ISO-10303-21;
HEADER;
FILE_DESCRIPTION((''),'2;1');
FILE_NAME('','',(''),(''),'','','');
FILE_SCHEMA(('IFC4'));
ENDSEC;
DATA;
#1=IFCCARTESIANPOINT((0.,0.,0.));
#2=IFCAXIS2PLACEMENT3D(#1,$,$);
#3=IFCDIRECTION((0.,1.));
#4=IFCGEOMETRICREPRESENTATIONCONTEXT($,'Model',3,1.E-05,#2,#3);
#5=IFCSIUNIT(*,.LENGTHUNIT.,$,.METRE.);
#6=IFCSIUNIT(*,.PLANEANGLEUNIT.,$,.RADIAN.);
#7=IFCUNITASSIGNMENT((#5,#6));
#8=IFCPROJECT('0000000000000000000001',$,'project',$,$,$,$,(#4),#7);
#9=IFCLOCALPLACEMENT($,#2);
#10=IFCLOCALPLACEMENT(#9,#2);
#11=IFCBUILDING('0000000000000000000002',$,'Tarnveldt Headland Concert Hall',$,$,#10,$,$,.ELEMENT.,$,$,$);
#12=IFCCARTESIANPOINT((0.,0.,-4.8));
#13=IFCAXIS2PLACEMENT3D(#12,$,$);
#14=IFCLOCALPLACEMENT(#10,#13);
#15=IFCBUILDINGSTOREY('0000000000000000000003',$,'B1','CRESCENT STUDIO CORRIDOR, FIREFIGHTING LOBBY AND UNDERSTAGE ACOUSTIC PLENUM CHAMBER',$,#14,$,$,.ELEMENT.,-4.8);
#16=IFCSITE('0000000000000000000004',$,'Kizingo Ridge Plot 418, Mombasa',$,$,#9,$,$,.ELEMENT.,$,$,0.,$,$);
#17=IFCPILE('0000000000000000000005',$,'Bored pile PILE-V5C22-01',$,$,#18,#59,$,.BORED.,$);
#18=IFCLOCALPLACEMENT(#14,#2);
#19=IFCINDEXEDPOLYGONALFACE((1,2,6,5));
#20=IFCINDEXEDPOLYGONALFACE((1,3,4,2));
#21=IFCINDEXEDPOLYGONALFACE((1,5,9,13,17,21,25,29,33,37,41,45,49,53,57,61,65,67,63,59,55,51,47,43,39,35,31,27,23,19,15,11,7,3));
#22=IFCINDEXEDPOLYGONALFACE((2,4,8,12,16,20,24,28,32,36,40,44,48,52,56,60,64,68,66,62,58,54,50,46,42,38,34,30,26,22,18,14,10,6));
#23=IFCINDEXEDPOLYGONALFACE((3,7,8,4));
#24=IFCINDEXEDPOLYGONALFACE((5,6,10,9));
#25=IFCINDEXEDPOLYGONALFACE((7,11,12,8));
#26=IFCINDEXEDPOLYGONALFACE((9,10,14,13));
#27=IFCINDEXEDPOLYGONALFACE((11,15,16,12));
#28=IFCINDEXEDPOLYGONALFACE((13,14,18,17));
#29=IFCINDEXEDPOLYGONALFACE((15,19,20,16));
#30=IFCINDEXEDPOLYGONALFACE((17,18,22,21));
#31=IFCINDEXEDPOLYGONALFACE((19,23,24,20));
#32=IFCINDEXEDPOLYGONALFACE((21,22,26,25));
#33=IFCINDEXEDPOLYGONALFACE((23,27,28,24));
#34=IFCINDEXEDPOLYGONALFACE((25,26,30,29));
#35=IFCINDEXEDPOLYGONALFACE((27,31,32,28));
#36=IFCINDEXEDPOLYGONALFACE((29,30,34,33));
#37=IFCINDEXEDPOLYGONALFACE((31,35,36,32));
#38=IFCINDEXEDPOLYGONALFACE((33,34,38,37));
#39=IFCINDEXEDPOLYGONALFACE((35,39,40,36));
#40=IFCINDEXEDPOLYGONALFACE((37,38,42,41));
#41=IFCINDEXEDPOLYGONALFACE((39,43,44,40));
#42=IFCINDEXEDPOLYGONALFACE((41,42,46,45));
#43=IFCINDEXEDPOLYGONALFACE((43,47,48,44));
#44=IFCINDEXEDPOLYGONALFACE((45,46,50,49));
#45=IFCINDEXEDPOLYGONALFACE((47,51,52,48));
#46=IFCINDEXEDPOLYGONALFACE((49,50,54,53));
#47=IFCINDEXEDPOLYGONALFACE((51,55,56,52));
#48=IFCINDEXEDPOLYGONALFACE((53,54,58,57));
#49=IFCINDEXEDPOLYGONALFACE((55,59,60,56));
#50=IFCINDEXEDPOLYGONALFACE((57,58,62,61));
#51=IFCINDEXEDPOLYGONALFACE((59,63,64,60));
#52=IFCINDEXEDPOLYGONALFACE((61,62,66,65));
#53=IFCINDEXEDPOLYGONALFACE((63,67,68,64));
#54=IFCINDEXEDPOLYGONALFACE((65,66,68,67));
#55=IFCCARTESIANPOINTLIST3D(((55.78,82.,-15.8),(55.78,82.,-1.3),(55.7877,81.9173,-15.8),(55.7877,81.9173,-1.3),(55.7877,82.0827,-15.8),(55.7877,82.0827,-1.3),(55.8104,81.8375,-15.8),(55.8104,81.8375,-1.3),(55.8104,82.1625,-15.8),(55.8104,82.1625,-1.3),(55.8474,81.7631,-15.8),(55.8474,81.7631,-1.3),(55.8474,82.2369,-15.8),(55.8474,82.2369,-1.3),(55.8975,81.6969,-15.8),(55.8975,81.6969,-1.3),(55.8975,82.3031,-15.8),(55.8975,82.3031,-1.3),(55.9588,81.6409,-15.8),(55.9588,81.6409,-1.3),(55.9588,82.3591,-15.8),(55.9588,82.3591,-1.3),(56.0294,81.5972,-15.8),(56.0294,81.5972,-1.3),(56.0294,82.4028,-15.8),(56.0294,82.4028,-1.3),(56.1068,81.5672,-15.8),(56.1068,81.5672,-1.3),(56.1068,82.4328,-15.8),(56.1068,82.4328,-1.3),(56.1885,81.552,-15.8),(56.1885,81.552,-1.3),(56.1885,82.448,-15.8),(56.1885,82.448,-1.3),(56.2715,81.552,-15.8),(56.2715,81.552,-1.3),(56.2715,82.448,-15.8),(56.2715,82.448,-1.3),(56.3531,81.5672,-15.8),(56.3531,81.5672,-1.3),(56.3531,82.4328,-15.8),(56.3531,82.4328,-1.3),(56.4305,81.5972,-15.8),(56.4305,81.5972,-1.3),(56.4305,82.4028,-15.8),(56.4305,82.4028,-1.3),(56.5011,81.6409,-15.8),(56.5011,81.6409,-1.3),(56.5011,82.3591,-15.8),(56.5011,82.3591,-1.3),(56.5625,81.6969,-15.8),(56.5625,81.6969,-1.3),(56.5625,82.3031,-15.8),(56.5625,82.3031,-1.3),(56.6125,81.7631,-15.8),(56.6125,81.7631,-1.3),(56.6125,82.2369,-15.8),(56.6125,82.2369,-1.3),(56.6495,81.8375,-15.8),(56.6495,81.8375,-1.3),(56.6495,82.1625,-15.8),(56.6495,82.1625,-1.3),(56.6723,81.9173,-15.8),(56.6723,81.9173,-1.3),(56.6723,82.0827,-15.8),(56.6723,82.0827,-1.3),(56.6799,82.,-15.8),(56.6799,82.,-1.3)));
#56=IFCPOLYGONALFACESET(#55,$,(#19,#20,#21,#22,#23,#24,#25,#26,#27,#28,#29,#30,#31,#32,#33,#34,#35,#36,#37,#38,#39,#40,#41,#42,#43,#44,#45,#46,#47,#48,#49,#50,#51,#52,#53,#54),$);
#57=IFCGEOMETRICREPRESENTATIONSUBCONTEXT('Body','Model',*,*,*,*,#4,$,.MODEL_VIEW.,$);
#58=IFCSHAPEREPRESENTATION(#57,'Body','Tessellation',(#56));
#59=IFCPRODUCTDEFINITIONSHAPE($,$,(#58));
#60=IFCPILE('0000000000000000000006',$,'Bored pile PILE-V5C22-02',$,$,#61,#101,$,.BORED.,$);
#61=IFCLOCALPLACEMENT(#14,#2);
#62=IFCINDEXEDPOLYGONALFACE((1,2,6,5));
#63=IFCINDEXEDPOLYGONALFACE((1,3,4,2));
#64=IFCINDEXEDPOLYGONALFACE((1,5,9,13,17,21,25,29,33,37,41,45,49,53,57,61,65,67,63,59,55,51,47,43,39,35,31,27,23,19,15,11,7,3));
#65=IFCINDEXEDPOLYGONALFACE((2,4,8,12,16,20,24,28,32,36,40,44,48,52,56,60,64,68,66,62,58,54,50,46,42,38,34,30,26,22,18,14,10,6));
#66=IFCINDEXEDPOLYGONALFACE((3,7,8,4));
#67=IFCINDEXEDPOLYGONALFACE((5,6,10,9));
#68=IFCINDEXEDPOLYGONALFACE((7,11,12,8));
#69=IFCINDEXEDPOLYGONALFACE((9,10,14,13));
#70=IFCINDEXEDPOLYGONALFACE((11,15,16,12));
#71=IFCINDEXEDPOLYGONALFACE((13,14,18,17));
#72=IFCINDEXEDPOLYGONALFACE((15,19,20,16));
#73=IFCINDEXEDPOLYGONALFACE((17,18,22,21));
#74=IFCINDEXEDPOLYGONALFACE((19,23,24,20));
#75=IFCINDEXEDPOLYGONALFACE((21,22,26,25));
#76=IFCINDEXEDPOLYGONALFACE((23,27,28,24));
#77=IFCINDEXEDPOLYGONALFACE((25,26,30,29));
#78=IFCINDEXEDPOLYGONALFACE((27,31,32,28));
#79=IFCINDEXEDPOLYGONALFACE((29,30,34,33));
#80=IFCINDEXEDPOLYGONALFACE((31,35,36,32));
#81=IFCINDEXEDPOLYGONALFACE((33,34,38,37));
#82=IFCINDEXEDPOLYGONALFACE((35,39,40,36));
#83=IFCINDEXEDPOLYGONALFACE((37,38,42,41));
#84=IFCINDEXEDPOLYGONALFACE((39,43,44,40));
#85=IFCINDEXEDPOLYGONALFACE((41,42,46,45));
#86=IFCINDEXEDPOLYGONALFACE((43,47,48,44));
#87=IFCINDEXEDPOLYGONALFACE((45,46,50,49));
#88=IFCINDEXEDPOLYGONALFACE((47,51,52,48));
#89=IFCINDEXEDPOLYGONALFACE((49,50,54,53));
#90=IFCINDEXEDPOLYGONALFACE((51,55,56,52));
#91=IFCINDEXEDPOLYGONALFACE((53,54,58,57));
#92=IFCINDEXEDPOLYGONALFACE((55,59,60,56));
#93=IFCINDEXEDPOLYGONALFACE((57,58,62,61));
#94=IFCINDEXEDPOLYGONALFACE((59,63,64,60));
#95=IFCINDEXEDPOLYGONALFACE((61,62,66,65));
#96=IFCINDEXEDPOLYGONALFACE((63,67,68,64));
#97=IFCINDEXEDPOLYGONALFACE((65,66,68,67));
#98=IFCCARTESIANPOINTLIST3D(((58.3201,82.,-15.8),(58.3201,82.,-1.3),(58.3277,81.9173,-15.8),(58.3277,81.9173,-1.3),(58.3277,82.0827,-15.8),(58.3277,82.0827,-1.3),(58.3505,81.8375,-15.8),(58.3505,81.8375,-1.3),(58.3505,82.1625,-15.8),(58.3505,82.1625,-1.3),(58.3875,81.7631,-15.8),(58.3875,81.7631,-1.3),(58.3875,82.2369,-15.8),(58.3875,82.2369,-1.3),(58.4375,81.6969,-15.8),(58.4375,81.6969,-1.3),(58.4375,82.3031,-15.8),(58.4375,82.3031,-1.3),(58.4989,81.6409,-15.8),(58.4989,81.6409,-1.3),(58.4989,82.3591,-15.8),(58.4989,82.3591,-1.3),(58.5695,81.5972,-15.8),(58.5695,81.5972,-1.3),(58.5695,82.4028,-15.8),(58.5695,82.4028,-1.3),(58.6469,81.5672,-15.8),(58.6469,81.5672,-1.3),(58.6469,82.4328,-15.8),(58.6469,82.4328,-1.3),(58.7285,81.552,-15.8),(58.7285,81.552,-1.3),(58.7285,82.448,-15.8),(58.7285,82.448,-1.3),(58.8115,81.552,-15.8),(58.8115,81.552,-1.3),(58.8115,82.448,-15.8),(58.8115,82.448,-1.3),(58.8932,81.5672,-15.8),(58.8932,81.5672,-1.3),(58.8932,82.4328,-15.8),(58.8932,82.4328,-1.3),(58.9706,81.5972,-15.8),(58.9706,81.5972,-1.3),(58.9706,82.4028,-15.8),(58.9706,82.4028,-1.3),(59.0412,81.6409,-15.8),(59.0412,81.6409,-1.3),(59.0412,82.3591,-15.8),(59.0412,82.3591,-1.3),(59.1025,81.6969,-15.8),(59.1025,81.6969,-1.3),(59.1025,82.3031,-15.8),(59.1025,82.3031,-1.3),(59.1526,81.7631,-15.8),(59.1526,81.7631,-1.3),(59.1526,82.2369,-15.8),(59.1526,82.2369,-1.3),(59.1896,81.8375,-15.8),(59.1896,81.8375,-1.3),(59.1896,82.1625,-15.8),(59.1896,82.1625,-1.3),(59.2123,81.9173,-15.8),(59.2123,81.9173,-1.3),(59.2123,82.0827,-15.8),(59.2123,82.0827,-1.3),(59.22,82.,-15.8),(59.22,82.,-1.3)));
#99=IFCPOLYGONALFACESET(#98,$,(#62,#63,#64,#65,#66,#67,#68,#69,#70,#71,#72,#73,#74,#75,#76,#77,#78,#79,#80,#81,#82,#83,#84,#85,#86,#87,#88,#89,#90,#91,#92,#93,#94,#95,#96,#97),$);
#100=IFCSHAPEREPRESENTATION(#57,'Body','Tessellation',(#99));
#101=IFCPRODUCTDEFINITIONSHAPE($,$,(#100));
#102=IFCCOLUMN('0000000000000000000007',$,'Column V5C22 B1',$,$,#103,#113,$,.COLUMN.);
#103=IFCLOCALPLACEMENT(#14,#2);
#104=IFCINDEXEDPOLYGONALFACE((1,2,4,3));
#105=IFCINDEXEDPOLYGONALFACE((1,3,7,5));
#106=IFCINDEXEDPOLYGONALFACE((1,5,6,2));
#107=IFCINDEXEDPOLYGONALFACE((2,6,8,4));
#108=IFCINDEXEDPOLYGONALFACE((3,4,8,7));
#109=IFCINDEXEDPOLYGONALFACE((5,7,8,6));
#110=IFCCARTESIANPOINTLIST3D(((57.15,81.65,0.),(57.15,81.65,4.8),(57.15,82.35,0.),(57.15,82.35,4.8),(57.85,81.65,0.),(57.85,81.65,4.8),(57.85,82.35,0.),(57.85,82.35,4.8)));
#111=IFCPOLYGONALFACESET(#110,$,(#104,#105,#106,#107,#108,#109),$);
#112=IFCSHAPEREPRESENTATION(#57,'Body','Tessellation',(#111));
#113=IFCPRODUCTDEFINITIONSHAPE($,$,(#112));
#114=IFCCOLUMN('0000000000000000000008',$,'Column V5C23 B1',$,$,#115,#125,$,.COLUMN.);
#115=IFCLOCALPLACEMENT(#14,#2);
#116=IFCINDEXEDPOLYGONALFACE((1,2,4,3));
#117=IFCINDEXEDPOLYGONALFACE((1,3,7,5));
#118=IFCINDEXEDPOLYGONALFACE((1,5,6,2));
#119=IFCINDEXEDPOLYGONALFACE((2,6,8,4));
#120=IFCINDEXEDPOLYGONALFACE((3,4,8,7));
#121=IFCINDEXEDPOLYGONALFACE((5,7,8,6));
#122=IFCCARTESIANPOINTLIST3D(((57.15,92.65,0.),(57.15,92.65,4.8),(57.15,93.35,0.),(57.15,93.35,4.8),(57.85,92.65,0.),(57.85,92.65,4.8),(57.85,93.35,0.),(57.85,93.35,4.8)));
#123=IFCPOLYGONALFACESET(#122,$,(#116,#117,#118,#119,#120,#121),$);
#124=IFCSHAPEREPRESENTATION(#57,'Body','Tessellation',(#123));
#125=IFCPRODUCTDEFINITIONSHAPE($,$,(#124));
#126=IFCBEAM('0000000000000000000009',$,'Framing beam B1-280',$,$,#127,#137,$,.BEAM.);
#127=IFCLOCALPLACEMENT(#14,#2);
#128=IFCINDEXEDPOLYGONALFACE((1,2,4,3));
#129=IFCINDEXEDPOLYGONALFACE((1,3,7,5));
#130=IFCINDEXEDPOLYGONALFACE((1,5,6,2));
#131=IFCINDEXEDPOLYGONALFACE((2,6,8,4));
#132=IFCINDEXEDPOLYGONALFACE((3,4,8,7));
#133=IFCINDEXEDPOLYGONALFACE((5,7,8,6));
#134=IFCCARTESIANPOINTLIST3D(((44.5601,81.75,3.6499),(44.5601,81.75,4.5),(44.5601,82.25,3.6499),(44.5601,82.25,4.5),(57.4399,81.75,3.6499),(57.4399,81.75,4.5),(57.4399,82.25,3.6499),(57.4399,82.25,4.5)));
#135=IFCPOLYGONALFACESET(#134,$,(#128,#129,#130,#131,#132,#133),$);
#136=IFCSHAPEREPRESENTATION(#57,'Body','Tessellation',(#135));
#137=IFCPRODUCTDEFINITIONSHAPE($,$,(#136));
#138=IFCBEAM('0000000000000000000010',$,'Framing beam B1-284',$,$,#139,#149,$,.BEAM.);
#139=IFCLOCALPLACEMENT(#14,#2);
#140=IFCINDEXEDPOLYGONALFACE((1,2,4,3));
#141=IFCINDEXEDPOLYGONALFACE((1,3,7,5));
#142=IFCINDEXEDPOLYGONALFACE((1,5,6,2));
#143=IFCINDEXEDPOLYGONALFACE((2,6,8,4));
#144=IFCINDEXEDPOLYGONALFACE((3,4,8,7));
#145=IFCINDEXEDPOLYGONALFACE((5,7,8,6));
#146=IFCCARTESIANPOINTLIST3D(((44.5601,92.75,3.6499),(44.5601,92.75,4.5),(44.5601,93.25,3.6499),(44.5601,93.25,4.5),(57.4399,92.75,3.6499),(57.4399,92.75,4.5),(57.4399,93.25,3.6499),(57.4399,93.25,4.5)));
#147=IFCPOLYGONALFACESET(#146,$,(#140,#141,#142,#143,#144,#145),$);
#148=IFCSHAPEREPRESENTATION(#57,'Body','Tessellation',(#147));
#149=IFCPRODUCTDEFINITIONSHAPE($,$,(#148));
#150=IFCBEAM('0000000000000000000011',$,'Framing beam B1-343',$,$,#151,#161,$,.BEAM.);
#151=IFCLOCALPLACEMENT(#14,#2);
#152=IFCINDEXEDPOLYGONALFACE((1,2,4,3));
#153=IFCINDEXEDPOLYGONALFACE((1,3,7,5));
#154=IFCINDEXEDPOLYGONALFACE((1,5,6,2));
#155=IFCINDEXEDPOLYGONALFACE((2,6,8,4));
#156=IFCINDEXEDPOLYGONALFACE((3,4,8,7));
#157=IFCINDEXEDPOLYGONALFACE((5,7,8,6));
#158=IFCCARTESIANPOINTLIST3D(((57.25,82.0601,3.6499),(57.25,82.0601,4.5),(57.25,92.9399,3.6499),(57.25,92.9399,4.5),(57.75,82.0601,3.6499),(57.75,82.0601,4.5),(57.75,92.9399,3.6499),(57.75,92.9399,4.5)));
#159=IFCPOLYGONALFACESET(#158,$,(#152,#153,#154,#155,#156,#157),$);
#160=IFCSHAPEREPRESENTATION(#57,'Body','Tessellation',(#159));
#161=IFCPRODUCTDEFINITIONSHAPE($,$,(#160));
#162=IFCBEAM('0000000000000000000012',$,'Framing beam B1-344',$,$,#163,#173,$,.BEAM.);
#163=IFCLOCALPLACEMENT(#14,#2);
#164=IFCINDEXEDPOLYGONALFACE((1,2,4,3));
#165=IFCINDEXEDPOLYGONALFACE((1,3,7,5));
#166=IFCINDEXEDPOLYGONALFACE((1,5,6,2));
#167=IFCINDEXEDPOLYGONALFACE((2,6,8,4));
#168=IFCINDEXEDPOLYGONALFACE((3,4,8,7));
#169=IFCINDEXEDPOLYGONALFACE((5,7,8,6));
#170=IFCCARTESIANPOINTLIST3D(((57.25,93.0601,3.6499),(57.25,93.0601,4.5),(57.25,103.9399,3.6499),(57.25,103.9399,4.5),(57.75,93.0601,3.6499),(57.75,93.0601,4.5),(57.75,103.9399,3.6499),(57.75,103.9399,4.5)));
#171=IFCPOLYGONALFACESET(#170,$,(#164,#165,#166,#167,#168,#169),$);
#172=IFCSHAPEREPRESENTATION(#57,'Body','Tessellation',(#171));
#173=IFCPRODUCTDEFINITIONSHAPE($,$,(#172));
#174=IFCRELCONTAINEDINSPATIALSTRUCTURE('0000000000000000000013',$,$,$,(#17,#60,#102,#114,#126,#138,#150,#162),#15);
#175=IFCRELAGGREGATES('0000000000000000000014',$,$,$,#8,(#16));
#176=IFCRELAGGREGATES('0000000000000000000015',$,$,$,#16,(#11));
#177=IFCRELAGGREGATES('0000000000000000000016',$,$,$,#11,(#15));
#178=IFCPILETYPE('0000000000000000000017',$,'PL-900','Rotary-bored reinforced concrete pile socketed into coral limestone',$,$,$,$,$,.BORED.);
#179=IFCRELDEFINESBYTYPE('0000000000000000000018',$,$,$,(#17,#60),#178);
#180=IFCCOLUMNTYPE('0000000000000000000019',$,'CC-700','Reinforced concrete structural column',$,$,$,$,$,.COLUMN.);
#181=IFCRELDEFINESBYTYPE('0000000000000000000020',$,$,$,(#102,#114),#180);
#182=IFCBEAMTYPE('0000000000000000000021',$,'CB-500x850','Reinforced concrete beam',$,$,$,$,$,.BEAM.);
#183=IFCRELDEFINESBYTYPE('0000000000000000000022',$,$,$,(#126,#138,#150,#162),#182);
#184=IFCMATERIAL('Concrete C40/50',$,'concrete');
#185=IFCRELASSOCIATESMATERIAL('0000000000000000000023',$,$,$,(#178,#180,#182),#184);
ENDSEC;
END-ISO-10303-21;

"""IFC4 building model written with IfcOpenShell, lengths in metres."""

from ifc_helpers import new_model, si_unit, direction, frame, origin, origin_2d, place, context, subcontext, project, spatial, rectangle, circle, extrude, material, material_profile, profile_set, type_object, element, save


model = new_model("IFC4")

# Units and contexts
model_context = context("Model", 3, precision=1e-05, world=origin(), true_north=direction((0.0, 1.0)))
body_context = subcontext(model_context, "Body", "Model", "MODEL_VIEW")
ifc_project = project(units=[si_unit("LENGTHUNIT", "METRE"), si_unit("PLANEANGLEUNIT", "RADIAN")], contexts=[model_context])

# Site, building, storey
site_placement = place(None, origin())
site = spatial("IfcSite", under=ifc_project, at=site_placement, Name="Kizingo Ridge Plot 418, Mombasa", CompositionType="ELEMENT", RefElevation=0.0)
building_placement = place(site_placement, origin())
building = spatial("IfcBuilding", under=site, at=building_placement, Name="Tarnveldt Headland Concert Hall", CompositionType="ELEMENT")
storey_placement = place(building_placement, frame((0.0, 0.0, -4.8)))
storey = spatial("IfcBuildingStorey", under=building, at=storey_placement, Name="B1", Description="CRESCENT STUDIO CORRIDOR, FIREFIGHTING LOBBY AND UNDERSTAGE ACOUSTIC PLENUM CHAMBER", CompositionType="ELEMENT", Elevation=-4.8)

# Shared definitions
ifc_material_1 = material(Name="Concrete C40/50", Category="concrete")

# Piles
ifc_material_profile_1 = material_profile(ifc_material_1, circle(Radius=0.45, at=origin_2d()), Name="BORED PILE D900", Category="concrete")
ifc_profile_set_1 = profile_set([ifc_material_profile_1], Name="Concrete C40/50")
pile_type_1 = type_object("IfcPileType", Name="PL-900", Description="Rotary-bored reinforced concrete pile socketed into coral limestone", PredefinedType="BORED", material=ifc_profile_set_1)
for number, where, z_axis, x_axis, name in (
    (1, (56.23, 82.0, -1.3), (0.0, 0.0, -1.0), (1.0, 0.0, 0.0), "Bored pile PILE-V5C22-01"),
    (2, (58.77, 82.0, -1.3), (0.0, 0.0, -1.0), (1.0, 0.0, 0.0), "Bored pile PILE-V5C22-02"),
):
    element("IfcPile", number, at=place(storey_placement, frame(where, z_axis=z_axis, x_axis=x_axis)), inside=storey, type_object=pile_type_1, Name=name, PredefinedType="BORED", context=body_context, shape_type="SweptSolid", body=[
        extrude(circle(Radius=0.45, at=origin_2d()), origin(), (0.0, 0.0, 1.0), 14.5),
    ])

# Columns
ifc_material_profile_2 = material_profile(ifc_material_1, rectangle(XDim=0.7, YDim=0.7, at=origin_2d()), Name="RC 700x700", Category="concrete")
ifc_profile_set_2 = profile_set([ifc_material_profile_2], Name="Concrete C40/50")
column_type_1 = type_object("IfcColumnType", Name="CC-700", Description="Reinforced concrete structural column", PredefinedType="COLUMN", material=ifc_profile_set_2)
for number, where, z_axis, x_axis, name in (
    (3, (57.5, 82.0, 0.0), (0.0, 0.0, 1.0), (1.0, 0.0, 0.0), "Column V5C22 B1"),
    (4, (57.5, 93.0, 0.0), (0.0, 0.0, 1.0), (1.0, 0.0, 0.0), "Column V5C23 B1"),
):
    element("IfcColumn", number, at=place(storey_placement, frame(where, z_axis=z_axis, x_axis=x_axis)), inside=storey, type_object=column_type_1, Name=name, PredefinedType="COLUMN", context=body_context, shape_type="SweptSolid", body=[
        extrude(rectangle(XDim=0.7, YDim=0.7, at=origin_2d()), origin(), (0.0, 0.0, 1.0), 4.8),
    ])

# Beams
ifc_material_profile_3 = material_profile(ifc_material_1, rectangle(XDim=0.5, YDim=0.8501, at=origin_2d()), Name="RC 500x850", Category="concrete")
ifc_profile_set_3 = profile_set([ifc_material_profile_3], Name="Concrete C40/50")
beam_type_1 = type_object("IfcBeamType", Name="CB-500x850", Description="Reinforced concrete beam", PredefinedType="BEAM", material=ifc_profile_set_3)
for number, where, z_axis, x_axis, name in (
    (5, (44.5601, 82.0, 4.075), (1.0, 0.0, 0.0), (0.0, 1.0, 0.0), "Framing beam B1-280"),
    (6, (44.5601, 93.0, 4.075), (1.0, 0.0, 0.0), (0.0, 1.0, 0.0), "Framing beam B1-284"),
):
    element("IfcBeam", number, at=place(storey_placement, frame(where, z_axis=z_axis, x_axis=x_axis)), inside=storey, type_object=beam_type_1, Name=name, PredefinedType="BEAM", context=body_context, shape_type="SweptSolid", body=[
        extrude(rectangle(XDim=0.5, YDim=0.8501, at=origin_2d()), origin(), (0.0, 0.0, 1.0), 12.8799),
    ])
for number, where, z_axis, x_axis, name in (
    (7, (57.5, 82.0601, 4.075), (0.0, 1.0, 0.0), (-1.0, 0.0, 0.0), "Framing beam B1-343"),
    (8, (57.5, 93.0601, 4.075), (0.0, 1.0, 0.0), (-1.0, 0.0, 0.0), "Framing beam B1-344"),
):
    element("IfcBeam", number, at=place(storey_placement, frame(where, z_axis=z_axis, x_axis=x_axis)), inside=storey, type_object=beam_type_1, Name=name, PredefinedType="BEAM", context=body_context, shape_type="SweptSolid", body=[
        extrude(rectangle(XDim=0.5, YDim=0.8501, at=origin_2d()), origin(), (0.0, 0.0, 1.0), 10.8799),
    ])

save(model, "model.ifc")
